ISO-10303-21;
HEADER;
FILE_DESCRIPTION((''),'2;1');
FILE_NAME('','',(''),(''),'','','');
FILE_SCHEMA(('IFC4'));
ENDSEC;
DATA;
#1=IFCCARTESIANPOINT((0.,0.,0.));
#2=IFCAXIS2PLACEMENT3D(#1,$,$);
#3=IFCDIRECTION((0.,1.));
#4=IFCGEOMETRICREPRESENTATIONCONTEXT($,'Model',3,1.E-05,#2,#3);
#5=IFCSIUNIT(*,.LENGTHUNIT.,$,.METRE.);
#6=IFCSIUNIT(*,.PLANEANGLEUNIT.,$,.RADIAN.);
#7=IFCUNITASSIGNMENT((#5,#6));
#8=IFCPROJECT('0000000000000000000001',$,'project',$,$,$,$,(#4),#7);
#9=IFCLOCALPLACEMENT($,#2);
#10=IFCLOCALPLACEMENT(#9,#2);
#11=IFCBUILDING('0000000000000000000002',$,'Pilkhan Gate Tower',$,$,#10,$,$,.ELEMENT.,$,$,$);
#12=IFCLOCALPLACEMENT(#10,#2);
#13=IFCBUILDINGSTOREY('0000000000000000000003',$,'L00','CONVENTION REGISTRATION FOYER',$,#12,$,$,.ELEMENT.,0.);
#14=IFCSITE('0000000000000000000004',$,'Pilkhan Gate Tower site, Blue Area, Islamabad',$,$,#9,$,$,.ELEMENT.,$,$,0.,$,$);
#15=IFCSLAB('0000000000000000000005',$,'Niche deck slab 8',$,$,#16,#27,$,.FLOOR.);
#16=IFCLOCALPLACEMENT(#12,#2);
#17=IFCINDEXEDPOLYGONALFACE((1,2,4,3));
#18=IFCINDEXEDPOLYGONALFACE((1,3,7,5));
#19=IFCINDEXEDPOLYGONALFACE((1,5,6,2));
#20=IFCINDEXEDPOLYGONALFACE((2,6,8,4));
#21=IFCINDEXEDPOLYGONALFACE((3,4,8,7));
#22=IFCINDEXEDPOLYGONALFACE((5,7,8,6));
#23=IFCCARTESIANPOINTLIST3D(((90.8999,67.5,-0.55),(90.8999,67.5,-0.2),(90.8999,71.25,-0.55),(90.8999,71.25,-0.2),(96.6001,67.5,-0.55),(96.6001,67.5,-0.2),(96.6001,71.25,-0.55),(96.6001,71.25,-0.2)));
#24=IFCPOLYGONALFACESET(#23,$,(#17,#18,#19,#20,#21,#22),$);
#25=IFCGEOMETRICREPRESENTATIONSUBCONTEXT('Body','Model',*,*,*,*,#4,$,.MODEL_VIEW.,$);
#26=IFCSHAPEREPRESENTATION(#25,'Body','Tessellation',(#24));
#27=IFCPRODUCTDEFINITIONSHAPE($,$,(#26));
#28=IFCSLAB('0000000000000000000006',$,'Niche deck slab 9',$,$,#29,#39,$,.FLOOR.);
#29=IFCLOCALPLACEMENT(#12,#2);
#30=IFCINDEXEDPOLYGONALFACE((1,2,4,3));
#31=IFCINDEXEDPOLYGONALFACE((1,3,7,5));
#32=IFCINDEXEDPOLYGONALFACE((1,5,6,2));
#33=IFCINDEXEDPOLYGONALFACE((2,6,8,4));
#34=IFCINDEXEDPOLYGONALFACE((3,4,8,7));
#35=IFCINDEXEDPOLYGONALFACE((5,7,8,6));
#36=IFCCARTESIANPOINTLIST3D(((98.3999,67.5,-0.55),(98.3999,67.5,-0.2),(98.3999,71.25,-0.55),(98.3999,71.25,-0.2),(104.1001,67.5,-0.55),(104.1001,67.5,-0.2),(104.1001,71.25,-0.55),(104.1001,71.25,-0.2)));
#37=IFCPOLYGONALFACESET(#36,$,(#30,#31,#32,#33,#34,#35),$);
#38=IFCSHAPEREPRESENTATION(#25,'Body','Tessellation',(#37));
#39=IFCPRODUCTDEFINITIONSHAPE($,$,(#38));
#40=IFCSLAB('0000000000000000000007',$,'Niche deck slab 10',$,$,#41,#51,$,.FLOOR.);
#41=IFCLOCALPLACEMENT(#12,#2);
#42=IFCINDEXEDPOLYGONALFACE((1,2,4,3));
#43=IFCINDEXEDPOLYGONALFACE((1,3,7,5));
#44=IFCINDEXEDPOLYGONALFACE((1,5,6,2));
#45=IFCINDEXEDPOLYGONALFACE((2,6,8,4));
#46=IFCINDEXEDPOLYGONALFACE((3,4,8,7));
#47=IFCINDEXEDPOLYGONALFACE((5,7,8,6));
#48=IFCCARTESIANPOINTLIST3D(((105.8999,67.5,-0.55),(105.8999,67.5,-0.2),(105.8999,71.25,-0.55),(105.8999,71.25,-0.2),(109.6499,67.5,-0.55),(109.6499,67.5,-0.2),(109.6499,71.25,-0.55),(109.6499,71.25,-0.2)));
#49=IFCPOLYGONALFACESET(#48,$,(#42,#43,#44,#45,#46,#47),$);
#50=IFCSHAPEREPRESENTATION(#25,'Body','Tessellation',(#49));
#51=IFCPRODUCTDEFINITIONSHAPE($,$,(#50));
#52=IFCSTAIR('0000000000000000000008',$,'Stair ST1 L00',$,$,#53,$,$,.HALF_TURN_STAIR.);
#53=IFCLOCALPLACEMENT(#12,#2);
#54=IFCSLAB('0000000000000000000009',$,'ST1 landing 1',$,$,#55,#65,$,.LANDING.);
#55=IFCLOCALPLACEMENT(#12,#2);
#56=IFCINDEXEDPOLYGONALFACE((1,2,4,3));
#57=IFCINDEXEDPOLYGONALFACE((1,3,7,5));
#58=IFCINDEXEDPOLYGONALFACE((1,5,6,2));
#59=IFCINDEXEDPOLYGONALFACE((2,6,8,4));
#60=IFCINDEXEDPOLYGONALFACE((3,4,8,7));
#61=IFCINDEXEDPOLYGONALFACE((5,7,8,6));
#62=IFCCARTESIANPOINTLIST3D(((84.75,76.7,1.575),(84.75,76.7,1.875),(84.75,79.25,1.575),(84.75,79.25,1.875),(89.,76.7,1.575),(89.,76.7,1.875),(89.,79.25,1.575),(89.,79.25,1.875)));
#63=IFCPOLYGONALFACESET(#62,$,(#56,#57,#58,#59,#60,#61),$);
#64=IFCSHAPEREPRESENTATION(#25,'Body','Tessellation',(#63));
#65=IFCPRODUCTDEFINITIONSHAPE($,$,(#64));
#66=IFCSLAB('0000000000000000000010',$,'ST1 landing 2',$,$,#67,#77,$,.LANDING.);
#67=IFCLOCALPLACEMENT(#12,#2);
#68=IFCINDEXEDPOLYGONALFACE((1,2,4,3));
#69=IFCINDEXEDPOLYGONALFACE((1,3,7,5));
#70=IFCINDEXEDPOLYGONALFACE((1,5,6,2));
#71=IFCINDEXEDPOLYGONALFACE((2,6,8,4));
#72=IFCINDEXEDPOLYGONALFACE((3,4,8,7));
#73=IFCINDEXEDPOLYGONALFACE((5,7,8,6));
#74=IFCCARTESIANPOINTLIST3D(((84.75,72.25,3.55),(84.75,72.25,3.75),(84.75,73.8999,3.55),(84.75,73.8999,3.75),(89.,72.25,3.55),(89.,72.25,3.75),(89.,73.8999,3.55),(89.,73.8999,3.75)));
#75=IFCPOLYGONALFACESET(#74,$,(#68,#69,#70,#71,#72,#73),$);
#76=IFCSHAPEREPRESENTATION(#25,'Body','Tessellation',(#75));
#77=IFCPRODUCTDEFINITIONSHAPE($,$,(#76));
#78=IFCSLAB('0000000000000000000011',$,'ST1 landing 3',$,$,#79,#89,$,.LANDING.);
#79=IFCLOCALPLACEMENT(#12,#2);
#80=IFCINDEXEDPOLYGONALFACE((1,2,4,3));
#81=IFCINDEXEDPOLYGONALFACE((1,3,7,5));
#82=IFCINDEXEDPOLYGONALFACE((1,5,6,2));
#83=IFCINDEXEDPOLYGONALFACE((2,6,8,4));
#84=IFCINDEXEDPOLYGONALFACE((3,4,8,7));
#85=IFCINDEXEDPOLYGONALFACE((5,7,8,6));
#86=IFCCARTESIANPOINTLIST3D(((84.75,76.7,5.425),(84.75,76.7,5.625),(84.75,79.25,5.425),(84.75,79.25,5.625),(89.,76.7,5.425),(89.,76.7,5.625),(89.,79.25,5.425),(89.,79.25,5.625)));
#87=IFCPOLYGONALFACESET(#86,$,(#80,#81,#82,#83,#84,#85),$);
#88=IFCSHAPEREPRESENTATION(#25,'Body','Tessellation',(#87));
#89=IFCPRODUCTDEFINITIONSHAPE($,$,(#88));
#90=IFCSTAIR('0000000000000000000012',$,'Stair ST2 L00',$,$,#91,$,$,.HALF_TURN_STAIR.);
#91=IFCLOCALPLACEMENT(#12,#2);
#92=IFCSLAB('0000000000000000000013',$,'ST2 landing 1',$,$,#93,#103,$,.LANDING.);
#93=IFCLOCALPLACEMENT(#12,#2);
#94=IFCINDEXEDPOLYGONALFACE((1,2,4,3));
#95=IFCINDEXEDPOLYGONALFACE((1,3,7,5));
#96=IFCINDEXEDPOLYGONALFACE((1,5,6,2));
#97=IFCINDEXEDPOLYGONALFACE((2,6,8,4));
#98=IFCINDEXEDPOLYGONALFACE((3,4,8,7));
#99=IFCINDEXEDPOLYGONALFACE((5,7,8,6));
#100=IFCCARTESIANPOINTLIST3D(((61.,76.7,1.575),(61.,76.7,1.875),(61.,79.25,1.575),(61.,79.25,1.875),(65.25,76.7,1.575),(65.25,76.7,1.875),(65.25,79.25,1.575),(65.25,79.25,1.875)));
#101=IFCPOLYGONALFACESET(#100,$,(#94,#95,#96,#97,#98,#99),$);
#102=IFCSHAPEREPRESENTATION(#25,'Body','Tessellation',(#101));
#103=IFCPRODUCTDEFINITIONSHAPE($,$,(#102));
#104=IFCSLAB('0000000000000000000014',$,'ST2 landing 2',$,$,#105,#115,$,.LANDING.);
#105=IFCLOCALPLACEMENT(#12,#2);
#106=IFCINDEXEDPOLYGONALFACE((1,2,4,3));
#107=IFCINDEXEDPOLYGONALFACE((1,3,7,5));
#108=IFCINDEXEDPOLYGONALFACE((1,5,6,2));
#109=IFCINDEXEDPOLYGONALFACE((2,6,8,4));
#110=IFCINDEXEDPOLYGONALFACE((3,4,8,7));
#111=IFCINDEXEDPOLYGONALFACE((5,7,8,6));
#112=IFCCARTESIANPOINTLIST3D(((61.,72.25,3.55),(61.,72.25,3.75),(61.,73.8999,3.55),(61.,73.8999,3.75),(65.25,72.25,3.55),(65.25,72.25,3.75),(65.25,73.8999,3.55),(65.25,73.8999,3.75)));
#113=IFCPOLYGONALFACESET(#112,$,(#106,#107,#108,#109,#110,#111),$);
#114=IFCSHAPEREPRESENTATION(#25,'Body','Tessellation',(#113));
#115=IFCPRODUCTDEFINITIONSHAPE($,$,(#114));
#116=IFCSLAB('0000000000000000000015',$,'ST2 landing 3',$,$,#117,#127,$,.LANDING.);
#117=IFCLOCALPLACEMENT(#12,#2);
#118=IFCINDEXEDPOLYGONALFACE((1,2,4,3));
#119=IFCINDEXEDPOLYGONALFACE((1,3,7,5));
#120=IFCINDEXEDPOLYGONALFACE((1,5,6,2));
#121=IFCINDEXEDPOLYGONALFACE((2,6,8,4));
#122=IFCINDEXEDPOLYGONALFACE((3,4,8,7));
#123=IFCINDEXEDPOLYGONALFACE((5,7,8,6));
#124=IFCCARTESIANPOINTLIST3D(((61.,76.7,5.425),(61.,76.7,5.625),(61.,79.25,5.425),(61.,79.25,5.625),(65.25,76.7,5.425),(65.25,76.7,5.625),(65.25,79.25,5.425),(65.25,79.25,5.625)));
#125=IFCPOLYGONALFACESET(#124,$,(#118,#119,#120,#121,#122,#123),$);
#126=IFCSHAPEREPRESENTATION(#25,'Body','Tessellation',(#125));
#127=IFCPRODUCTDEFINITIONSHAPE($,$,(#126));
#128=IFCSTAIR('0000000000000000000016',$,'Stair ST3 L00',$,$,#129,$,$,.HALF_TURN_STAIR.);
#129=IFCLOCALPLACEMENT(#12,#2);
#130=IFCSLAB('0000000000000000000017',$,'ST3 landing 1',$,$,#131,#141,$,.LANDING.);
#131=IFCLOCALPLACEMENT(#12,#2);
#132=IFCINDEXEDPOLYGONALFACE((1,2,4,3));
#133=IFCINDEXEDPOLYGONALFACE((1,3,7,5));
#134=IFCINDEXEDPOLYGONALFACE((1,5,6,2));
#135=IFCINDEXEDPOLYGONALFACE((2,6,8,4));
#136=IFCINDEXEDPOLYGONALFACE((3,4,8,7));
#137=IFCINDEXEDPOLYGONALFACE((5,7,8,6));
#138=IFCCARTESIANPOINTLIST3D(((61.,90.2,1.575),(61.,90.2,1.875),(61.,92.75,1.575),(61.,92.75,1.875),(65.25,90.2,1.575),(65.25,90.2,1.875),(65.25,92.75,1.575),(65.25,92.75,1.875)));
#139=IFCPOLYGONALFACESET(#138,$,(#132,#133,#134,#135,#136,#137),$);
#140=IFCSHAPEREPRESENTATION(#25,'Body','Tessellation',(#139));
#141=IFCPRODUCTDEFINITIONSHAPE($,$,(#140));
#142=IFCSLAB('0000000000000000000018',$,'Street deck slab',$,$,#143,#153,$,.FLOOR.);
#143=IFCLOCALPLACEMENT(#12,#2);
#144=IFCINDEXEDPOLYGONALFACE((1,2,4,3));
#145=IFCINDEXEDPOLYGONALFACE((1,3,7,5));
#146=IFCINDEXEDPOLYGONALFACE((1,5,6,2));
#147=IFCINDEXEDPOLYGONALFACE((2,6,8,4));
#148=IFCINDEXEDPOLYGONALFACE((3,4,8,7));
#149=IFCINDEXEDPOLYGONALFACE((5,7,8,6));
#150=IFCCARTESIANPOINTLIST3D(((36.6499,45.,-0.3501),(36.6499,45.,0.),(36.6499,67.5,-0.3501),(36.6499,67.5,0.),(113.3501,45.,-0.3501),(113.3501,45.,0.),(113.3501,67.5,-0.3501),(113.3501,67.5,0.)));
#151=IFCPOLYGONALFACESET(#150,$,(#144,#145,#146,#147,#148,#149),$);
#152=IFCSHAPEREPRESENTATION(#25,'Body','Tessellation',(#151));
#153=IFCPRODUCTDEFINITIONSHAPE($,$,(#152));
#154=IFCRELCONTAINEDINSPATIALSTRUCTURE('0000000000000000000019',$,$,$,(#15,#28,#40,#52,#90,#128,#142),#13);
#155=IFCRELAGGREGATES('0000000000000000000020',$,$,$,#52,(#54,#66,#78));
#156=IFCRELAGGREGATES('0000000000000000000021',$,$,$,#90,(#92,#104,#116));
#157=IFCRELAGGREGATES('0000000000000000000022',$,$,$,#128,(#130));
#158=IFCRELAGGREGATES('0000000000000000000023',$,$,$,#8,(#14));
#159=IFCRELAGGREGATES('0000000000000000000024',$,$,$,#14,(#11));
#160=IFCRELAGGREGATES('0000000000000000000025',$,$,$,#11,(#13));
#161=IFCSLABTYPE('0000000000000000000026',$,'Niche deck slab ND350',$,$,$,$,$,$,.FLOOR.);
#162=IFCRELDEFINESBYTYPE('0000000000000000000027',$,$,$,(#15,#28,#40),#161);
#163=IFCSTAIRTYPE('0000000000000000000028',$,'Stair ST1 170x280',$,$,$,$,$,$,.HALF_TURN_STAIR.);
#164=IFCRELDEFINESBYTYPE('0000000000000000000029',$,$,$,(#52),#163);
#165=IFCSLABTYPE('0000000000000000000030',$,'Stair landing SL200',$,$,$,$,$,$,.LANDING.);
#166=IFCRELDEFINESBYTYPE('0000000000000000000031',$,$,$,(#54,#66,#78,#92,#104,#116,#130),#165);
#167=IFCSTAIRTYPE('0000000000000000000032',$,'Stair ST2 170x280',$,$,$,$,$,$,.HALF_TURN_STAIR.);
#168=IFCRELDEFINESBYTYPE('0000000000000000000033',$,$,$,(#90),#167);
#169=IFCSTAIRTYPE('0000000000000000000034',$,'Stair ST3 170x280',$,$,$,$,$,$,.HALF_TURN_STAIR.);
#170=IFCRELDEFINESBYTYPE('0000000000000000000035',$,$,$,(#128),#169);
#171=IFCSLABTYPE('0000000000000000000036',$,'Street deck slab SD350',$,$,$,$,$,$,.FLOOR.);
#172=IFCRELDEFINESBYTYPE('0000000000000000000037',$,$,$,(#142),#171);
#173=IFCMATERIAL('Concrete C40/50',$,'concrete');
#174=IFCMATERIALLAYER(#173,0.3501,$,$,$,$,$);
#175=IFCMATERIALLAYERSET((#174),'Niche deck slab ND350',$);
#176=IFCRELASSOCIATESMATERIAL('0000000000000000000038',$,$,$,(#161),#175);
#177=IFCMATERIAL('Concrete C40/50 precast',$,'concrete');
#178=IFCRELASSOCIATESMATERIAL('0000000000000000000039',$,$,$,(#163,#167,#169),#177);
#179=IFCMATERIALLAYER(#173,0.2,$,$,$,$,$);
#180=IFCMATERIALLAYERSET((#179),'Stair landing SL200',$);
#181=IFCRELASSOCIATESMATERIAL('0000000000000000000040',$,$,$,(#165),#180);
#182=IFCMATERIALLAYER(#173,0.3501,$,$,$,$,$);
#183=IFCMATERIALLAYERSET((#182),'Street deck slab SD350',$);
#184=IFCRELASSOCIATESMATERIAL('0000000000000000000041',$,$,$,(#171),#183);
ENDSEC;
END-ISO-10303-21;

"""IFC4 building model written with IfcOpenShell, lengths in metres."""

from ifc_helpers import new_model, si_unit, direction, frame, origin, place, context, subcontext, project, spatial, polyline, outline, extrude, material, layer, layer_set, type_object, element, aggregate, save


model = new_model("IFC4")

# Units and contexts
model_context = context("Model", 3, precision=1e-05, world=origin(), true_north=direction((0.0, 1.0)))
body_context = subcontext(model_context, "Body", "Model", "MODEL_VIEW")
ifc_project = project(units=[si_unit("LENGTHUNIT", "METRE"), si_unit("PLANEANGLEUNIT", "RADIAN")], contexts=[model_context])

# Site, building, storey
site_placement = place(None, origin())
site = spatial("IfcSite", under=ifc_project, at=site_placement, Name="Pilkhan Gate Tower site, Blue Area, Islamabad", CompositionType="ELEMENT", RefElevation=0.0)
building_placement = place(site_placement, origin())
building = spatial("IfcBuilding", under=site, at=building_placement, Name="Pilkhan Gate Tower", CompositionType="ELEMENT")
storey_placement = place(building_placement, origin())
storey = spatial("IfcBuildingStorey", under=building, at=storey_placement, Name="L00", Description="CONVENTION REGISTRATION FOYER", CompositionType="ELEMENT", Elevation=0.0)

# Slabs
ifc_material_1 = material(Name="Concrete C40/50", Category="concrete")
ifc_layer_1 = layer(ifc_material_1, 0.3501)
ifc_layer_set_1 = layer_set([ifc_layer_1], Name="Niche deck slab ND350")
slab_type_1 = type_object("IfcSlabType", Name="Niche deck slab ND350", PredefinedType="FLOOR", material=ifc_layer_set_1)
slab_1_placement = place(storey_placement, frame((0.0, 0.0, -0.55)))
element("IfcSlab", 1, at=slab_1_placement, inside=storey, type_object=slab_type_1, Name="Niche deck slab 8", PredefinedType="FLOOR", context=body_context, shape_type="SweptSolid", body=[
    extrude(outline(polyline([(90.8999, 67.5), (96.6001, 67.5), (96.6001, 71.25), (90.8999, 71.25), (90.8999, 67.5)])), origin(), (0.0, 0.0, 1.0), 0.3501),
])
slab_2_placement = place(storey_placement, frame((0.0, 0.0, -0.55)))
element("IfcSlab", 2, at=slab_2_placement, inside=storey, type_object=slab_type_1, Name="Niche deck slab 9", PredefinedType="FLOOR", context=body_context, shape_type="SweptSolid", body=[
    extrude(outline(polyline([(98.3999, 67.5), (104.1001, 67.5), (104.1001, 71.25), (98.3999, 71.25), (98.3999, 67.5)])), origin(), (0.0, 0.0, 1.0), 0.3501),
])
slab_3_placement = place(storey_placement, frame((0.0, 0.0, -0.55)))
element("IfcSlab", 3, at=slab_3_placement, inside=storey, type_object=slab_type_1, Name="Niche deck slab 10", PredefinedType="FLOOR", context=body_context, shape_type="SweptSolid", body=[
    extrude(outline(polyline([(105.8999, 67.5), (109.6499, 67.5), (109.6499, 71.25), (105.8999, 71.25), (105.8999, 67.5)])), origin(), (0.0, 0.0, 1.0), 0.3501),
])

# Stairs, slabs
ifc_material_2 = material(Name="Concrete C40/50 precast", Category="concrete")
stair_type_1 = type_object("IfcStairType", Name="Stair ST1 170x280", PredefinedType="HALF_TURN_STAIR", material=ifc_material_2)
stair_1_placement = place(storey_placement, origin())
stair_1 = element("IfcStair", 4, at=stair_1_placement, inside=storey, type_object=stair_type_1, Name="Stair ST1 L00", PredefinedType="HALF_TURN_STAIR")
ifc_layer_2 = layer(ifc_material_1, 0.2)
ifc_layer_set_2 = layer_set([ifc_layer_2], Name="Stair landing SL200")
slab_type_2 = type_object("IfcSlabType", Name="Stair landing SL200", PredefinedType="LANDING", material=ifc_layer_set_2)
slab_4_placement = place(storey_placement, frame((0.0, 0.0, 1.575)))
slab_4 = element("IfcSlab", 5, at=slab_4_placement, type_object=slab_type_2, Name="ST1 landing 1", PredefinedType="LANDING", context=body_context, shape_type="SweptSolid", body=[
    extrude(outline(polyline([(89.0, 76.7), (89.0, 79.25), (84.75, 79.25), (84.75, 76.7), (89.0, 76.7)])), origin(), (0.0, 0.0, 1.0), 0.3),
])
slab_5_placement = place(storey_placement, frame((0.0, 0.0, 3.55)))
slab_5 = element("IfcSlab", 6, at=slab_5_placement, type_object=slab_type_2, Name="ST1 landing 2", PredefinedType="LANDING", context=body_context, shape_type="SweptSolid", body=[
    extrude(outline(polyline([(89.0, 72.25), (89.0, 73.8999), (84.75, 73.8999), (84.75, 72.25), (89.0, 72.25)])), origin(), (0.0, 0.0, 1.0), 0.2),
])
slab_6_placement = place(storey_placement, frame((0.0, 0.0, 5.425)))
slab_6 = element("IfcSlab", 7, at=slab_6_placement, type_object=slab_type_2, Name="ST1 landing 3", PredefinedType="LANDING", context=body_context, shape_type="SweptSolid", body=[
    extrude(outline(polyline([(89.0, 76.7), (89.0, 79.25), (84.75, 79.25), (84.75, 76.7), (89.0, 76.7)])), origin(), (0.0, 0.0, 1.0), 0.2),
])
aggregate(stair_1, [slab_4, slab_5, slab_6])
stair_type_2 = type_object("IfcStairType", Name="Stair ST2 170x280", PredefinedType="HALF_TURN_STAIR", material=ifc_material_2)
stair_2_placement = place(storey_placement, origin())
stair_2 = element("IfcStair", 8, at=stair_2_placement, inside=storey, type_object=stair_type_2, Name="Stair ST2 L00", PredefinedType="HALF_TURN_STAIR")
slab_7_placement = place(storey_placement, frame((0.0, 0.0, 1.575)))
slab_7 = element("IfcSlab", 9, at=slab_7_placement, type_object=slab_type_2, Name="ST2 landing 1", PredefinedType="LANDING", context=body_context, shape_type="SweptSolid", body=[
    extrude(outline(polyline([(65.25, 76.7), (65.25, 79.25), (61.0, 79.25), (61.0, 76.7), (65.25, 76.7)])), origin(), (0.0, 0.0, 1.0), 0.3),
])
slab_8_placement = place(storey_placement, frame((0.0, 0.0, 3.55)))
slab_8 = element("IfcSlab", 10, at=slab_8_placement, type_object=slab_type_2, Name="ST2 landing 2", PredefinedType="LANDING", context=body_context, shape_type="SweptSolid", body=[
    extrude(outline(polyline([(65.25, 72.25), (65.25, 73.8999), (61.0, 73.8999), (61.0, 72.25), (65.25, 72.25)])), origin(), (0.0, 0.0, 1.0), 0.2),
])
slab_9_placement = place(storey_placement, frame((0.0, 0.0, 5.425)))
slab_9 = element("IfcSlab", 11, at=slab_9_placement, type_object=slab_type_2, Name="ST2 landing 3", PredefinedType="LANDING", context=body_context, shape_type="SweptSolid", body=[
    extrude(outline(polyline([(65.25, 76.7), (65.25, 79.25), (61.0, 79.25), (61.0, 76.7), (65.25, 76.7)])), origin(), (0.0, 0.0, 1.0), 0.2),
])
aggregate(stair_2, [slab_7, slab_8, slab_9])

# Stair, slab
stair_type_3 = type_object("IfcStairType", Name="Stair ST3 170x280", PredefinedType="HALF_TURN_STAIR", material=ifc_material_2)
stair_3_placement = place(storey_placement, origin())
stair_3 = element("IfcStair", 12, at=stair_3_placement, inside=storey, type_object=stair_type_3, Name="Stair ST3 L00", PredefinedType="HALF_TURN_STAIR")
slab_10_placement = place(storey_placement, frame((0.0, 0.0, 1.575)))
slab_10 = element("IfcSlab", 13, at=slab_10_placement, type_object=slab_type_2, Name="ST3 landing 1", PredefinedType="LANDING", context=body_context, shape_type="SweptSolid", body=[
    extrude(outline(polyline([(65.25, 90.2), (65.25, 92.75), (61.0, 92.75), (61.0, 90.2), (65.25, 90.2)])), origin(), (0.0, 0.0, 1.0), 0.3),
])
aggregate(stair_3, [slab_10])

# Slab
ifc_layer_3 = layer(ifc_material_1, 0.3501)
ifc_layer_set_3 = layer_set([ifc_layer_3], Name="Street deck slab SD350")
slab_type_3 = type_object("IfcSlabType", Name="Street deck slab SD350", PredefinedType="FLOOR", material=ifc_layer_set_3)
slab_11_placement = place(storey_placement, frame((0.0, 0.0, -0.3501)))
element("IfcSlab", 14, at=slab_11_placement, inside=storey, type_object=slab_type_3, Name="Street deck slab", PredefinedType="FLOOR", context=body_context, shape_type="SweptSolid", body=[
    extrude(outline(polyline([(36.6499, 45.0), (113.3501, 45.0), (113.3501, 67.5), (36.6499, 67.5), (36.6499, 45.0)])), origin(), (0.0, 0.0, 1.0), 0.3501),
])

save(model, "model.ifc")
